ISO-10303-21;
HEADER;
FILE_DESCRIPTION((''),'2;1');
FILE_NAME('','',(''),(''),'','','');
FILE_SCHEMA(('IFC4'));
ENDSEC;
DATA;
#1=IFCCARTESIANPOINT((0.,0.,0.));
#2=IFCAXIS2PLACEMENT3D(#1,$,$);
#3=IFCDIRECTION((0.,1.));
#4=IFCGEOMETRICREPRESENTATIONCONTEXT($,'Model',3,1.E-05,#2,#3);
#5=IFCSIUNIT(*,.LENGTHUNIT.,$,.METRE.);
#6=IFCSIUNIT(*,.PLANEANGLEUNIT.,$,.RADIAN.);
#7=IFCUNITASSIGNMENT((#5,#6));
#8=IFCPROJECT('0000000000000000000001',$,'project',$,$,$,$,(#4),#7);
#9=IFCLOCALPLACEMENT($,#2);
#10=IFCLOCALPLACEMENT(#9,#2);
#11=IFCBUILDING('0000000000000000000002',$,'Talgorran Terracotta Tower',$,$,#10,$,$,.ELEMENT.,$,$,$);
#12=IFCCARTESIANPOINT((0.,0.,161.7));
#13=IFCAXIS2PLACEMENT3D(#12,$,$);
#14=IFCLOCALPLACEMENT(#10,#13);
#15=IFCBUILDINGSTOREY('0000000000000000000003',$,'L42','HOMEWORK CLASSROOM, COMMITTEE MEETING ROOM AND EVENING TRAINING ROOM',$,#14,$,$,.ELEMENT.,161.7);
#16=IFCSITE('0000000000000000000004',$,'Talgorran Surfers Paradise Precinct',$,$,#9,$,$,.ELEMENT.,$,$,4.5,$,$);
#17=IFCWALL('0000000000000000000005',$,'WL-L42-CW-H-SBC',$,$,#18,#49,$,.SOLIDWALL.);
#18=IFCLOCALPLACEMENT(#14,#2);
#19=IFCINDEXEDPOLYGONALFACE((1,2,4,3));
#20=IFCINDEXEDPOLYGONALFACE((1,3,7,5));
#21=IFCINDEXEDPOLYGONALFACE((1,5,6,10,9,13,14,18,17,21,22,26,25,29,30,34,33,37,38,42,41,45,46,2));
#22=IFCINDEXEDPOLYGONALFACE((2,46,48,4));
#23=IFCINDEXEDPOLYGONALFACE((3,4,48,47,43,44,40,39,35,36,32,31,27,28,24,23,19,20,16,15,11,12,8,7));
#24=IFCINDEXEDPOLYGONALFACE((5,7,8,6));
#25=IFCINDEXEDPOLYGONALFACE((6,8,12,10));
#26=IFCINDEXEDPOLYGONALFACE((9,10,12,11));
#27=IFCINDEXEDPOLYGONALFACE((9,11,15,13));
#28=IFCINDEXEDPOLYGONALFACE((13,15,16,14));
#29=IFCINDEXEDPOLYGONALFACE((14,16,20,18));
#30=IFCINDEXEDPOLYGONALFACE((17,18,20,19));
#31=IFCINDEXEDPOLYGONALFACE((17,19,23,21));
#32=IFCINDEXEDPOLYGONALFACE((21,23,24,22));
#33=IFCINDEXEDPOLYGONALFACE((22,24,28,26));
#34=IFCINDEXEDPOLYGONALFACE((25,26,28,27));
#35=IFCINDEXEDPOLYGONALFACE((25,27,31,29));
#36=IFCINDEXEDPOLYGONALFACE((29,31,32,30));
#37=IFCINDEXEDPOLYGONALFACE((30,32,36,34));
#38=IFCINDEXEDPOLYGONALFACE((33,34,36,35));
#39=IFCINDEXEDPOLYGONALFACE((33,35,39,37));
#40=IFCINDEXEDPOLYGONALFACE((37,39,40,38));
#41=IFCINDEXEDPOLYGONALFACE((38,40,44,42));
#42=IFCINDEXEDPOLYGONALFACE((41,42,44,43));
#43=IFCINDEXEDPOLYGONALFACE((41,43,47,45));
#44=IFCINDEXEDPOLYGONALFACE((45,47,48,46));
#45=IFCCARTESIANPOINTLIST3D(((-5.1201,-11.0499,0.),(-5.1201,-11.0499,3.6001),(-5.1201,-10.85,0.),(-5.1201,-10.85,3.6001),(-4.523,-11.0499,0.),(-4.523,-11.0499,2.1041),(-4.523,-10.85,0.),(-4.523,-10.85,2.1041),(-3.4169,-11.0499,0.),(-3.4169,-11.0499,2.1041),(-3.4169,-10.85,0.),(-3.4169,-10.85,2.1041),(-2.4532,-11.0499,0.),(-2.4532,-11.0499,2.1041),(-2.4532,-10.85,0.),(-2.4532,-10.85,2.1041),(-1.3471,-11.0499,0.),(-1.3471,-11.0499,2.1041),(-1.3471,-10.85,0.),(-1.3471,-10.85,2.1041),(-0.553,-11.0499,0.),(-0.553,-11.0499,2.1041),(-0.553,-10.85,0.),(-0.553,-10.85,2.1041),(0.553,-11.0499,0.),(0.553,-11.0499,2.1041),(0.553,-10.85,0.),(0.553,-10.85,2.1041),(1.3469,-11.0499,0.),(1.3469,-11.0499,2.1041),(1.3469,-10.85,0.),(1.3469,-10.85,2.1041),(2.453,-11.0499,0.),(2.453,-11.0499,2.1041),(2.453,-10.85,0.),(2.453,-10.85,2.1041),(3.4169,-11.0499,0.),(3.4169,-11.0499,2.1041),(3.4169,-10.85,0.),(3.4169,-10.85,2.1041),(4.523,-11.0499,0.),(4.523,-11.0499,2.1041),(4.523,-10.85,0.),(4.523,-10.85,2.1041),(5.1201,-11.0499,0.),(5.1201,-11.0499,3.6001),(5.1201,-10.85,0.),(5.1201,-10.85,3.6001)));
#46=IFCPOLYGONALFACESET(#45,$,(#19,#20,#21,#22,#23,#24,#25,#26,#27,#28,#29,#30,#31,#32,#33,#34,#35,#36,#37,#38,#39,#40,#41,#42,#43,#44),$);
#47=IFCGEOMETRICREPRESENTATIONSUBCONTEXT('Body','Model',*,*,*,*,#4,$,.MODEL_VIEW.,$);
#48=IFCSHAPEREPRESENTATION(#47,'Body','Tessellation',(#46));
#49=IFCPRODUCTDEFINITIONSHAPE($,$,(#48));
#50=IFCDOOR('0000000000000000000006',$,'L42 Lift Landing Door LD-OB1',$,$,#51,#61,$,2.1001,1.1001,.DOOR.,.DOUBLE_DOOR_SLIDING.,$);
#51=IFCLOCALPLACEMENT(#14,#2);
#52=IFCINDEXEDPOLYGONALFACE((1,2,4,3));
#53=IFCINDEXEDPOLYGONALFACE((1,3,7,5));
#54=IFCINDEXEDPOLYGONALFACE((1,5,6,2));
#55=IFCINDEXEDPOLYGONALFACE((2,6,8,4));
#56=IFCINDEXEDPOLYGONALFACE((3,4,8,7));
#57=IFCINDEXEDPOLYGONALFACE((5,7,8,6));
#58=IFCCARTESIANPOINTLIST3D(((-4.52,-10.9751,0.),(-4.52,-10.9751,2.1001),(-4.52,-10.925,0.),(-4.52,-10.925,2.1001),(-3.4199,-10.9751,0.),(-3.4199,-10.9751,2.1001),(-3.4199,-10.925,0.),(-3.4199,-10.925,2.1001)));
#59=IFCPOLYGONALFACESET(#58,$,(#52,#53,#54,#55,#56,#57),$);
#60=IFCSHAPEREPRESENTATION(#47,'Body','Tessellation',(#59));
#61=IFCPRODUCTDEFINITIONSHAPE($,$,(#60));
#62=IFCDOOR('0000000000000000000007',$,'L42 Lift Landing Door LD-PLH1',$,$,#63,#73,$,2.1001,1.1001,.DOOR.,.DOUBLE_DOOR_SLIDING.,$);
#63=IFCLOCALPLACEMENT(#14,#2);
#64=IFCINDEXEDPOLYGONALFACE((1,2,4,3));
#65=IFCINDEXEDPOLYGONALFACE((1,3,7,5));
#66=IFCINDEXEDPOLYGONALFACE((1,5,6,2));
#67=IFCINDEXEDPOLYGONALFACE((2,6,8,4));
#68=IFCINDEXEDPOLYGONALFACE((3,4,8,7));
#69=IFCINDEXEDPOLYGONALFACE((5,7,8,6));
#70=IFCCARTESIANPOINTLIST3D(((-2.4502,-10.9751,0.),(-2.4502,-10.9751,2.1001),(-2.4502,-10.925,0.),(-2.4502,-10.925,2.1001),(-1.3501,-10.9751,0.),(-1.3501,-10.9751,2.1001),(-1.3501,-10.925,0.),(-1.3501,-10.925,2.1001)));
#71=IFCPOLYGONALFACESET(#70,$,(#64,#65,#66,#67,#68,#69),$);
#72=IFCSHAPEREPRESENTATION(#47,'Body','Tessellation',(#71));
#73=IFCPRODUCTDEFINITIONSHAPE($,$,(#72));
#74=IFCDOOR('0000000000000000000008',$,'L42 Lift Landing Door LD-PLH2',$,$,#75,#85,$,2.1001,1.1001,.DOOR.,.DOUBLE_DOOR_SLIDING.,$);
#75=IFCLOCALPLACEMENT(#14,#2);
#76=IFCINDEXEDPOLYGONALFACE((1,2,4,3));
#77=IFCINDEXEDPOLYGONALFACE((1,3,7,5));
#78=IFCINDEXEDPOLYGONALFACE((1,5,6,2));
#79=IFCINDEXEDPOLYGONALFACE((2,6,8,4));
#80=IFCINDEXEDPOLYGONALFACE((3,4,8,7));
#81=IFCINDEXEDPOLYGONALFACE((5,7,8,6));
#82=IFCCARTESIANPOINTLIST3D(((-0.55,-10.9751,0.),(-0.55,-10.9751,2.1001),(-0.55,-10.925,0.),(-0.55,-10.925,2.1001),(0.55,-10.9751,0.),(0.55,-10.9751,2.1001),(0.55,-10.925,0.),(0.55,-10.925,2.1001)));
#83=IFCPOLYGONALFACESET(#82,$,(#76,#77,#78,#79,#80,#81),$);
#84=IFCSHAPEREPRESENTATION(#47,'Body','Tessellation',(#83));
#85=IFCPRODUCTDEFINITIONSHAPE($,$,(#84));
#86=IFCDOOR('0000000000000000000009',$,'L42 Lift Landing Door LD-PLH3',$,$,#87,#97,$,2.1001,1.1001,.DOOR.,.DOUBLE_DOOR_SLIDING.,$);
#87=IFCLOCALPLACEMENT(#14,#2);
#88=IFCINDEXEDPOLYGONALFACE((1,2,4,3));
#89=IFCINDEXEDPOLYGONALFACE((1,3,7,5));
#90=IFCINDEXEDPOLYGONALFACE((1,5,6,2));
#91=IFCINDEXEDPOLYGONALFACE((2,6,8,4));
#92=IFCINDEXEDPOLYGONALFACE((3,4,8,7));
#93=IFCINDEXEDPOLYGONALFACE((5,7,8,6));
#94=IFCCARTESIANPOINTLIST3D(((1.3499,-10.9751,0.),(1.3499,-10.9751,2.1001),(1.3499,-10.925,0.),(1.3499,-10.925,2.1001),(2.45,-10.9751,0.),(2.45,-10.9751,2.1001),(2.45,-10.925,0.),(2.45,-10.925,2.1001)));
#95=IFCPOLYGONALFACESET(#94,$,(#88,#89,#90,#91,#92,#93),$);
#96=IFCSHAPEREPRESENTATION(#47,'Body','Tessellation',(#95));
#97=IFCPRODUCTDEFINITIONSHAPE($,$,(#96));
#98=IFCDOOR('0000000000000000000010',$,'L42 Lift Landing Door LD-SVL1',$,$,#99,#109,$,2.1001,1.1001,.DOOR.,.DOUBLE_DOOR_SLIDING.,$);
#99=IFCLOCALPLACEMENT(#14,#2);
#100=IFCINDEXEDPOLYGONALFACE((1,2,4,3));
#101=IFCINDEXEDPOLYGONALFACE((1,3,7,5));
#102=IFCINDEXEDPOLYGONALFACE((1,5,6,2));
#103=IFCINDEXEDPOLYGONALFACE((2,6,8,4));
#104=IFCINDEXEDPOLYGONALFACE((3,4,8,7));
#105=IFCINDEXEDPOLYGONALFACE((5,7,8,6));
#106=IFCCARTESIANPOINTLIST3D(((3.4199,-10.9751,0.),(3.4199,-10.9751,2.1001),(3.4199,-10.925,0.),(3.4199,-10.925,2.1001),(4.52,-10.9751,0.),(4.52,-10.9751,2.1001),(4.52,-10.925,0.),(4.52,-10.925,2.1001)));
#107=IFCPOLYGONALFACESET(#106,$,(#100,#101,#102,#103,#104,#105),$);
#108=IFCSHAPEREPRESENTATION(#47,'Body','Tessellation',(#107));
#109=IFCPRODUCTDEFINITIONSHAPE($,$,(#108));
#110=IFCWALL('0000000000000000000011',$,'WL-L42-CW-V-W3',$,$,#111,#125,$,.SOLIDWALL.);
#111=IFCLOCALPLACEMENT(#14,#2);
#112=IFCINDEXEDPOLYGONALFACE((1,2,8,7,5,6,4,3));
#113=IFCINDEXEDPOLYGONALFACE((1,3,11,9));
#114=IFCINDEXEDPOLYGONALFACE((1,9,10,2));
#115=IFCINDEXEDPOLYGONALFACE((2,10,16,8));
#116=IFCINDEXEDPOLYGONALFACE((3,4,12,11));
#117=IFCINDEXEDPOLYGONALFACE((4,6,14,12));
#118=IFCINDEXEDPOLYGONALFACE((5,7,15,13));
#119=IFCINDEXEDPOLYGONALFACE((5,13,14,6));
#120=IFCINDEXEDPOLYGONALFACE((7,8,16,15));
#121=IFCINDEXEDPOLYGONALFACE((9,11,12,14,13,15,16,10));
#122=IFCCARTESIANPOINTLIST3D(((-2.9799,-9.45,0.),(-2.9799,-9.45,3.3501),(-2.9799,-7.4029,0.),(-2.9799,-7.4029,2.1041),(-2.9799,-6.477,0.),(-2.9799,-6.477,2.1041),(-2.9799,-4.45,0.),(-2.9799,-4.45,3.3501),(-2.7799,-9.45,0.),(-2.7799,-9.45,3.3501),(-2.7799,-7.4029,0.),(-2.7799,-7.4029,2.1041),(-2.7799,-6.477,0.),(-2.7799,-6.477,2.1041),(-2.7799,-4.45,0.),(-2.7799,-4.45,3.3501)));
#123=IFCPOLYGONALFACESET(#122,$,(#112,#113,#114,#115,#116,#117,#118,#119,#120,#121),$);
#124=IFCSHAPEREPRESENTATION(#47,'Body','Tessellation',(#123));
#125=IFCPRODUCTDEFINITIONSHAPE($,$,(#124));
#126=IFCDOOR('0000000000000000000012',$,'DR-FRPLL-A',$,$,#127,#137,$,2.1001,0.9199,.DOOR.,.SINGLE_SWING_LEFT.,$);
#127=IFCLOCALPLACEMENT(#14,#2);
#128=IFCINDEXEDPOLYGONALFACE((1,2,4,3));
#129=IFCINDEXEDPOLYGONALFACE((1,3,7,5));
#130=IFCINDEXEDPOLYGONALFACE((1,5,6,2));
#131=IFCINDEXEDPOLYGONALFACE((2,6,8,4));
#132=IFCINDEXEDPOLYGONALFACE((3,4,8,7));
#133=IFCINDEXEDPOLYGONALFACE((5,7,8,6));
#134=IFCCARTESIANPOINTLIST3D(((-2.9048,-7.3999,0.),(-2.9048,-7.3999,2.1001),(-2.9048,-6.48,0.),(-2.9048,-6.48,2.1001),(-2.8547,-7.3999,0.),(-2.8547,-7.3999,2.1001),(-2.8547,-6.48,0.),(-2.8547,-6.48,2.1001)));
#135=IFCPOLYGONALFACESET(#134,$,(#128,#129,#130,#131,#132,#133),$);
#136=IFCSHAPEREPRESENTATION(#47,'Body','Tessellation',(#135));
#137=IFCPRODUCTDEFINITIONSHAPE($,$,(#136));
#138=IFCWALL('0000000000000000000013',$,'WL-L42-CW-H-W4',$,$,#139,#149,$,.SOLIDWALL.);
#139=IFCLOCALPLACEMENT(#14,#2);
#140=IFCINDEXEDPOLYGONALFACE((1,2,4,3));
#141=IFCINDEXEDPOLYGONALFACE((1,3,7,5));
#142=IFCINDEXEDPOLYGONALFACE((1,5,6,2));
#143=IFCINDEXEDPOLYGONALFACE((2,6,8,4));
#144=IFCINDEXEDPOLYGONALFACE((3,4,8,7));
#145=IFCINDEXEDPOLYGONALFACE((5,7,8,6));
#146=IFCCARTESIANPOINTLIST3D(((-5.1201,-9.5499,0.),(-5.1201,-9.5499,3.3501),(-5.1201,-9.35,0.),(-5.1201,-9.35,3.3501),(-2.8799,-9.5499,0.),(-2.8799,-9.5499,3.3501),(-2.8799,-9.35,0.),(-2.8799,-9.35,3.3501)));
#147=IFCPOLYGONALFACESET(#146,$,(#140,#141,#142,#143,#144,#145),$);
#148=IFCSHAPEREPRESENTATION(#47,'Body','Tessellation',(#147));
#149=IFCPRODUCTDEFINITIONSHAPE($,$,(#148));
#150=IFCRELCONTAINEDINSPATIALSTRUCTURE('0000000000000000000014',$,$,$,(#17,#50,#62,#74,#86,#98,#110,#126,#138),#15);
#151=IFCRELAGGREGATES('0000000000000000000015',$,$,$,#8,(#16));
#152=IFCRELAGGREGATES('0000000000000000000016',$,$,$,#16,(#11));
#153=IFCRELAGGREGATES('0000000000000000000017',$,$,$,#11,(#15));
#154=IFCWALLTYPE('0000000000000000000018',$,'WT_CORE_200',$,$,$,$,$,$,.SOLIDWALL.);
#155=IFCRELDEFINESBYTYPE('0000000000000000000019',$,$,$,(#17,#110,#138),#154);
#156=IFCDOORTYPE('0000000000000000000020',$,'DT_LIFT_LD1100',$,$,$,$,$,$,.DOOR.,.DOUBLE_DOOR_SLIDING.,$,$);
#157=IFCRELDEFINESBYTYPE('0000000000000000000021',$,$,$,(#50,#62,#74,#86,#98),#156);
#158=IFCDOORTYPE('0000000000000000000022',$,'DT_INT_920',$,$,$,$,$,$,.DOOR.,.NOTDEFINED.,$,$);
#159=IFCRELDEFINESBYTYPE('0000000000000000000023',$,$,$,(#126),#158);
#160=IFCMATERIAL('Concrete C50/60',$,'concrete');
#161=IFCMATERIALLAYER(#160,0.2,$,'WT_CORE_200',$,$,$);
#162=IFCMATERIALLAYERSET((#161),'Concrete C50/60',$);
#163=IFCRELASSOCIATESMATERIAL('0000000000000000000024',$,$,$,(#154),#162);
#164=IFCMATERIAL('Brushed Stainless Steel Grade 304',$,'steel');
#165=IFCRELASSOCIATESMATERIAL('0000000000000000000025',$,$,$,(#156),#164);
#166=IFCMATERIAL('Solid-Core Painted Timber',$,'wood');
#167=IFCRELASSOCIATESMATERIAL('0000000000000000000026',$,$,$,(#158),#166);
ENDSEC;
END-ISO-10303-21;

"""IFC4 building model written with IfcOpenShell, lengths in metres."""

from ifc_helpers import new_model, si_unit, direction, frame, frame_2d, origin, place, context, subcontext, project, spatial, rectangle, extrude, material, layer, layer_set, type_object, element, fill, save


model = new_model("IFC4")

# Units and contexts
model_context = context("Model", 3, precision=1e-05, world=origin(), true_north=direction((0.0, 1.0)))
body_context = subcontext(model_context, "Body", "Model", "MODEL_VIEW")
ifc_project = project(units=[si_unit("LENGTHUNIT", "METRE"), si_unit("PLANEANGLEUNIT", "RADIAN")], contexts=[model_context])

# Site, building, storey
site_placement = place(None, origin())
site = spatial("IfcSite", under=ifc_project, at=site_placement, Name="Talgorran Surfers Paradise Precinct", CompositionType="ELEMENT", RefElevation=4.5)
building_placement = place(site_placement, origin())
building = spatial("IfcBuilding", under=site, at=building_placement, Name="Talgorran Terracotta Tower", CompositionType="ELEMENT")
storey_placement = place(building_placement, frame((0.0, 0.0, 161.7)))
storey = spatial("IfcBuildingStorey", under=building, at=storey_placement, Name="L42", Description="HOMEWORK CLASSROOM, COMMITTEE MEETING ROOM AND EVENING TRAINING ROOM", CompositionType="ELEMENT", Elevation=161.7)

# Shared definitions
ifc_material_1 = material(Name="Concrete C50/60", Category="concrete")

# Wall, openings, doors
ifc_layer_1 = layer(ifc_material_1, 0.2, Name="WT_CORE_200")
ifc_layer_set_1 = layer_set([ifc_layer_1], Name="Concrete C50/60")
wall_type_1 = type_object("IfcWallType", Name="WT_CORE_200", PredefinedType="SOLIDWALL", material=ifc_layer_set_1)
ifc_material_2 = material(Name="Brushed Stainless Steel Grade 304", Category="steel")
door_type_1 = type_object("IfcDoorType", Name="DT_LIFT_LD1100", OperationType="DOUBLE_DOOR_SLIDING", PredefinedType="DOOR", material=ifc_material_2)
wall_1_placement = place(storey_placement, frame((-5.1201, -10.95, 0.0), z_axis=(0.0, 0.0, 1.0), x_axis=(1.0, 0.0, 0.0)))
wall_1 = element("IfcWall", 1, at=wall_1_placement, inside=storey, type_object=wall_type_1, Name="WL-L42-CW-H-SBC", PredefinedType="SOLIDWALL", context=body_context, shape_type="SweptSolid", body=[
    extrude(rectangle(XDim=10.2402, YDim=0.2, at=frame_2d((5.1201, 0.0))), origin(), (0.0, 0.0, 1.0), 3.6001),
])
opening_1_placement = place(wall_1_placement, frame((0.6001, 0.0, 0.0)))
opening_1 = element("IfcOpeningElement", 2, at=opening_1_placement, cuts=wall_1, PredefinedType="OPENING", context=body_context, shape_type="SweptSolid", body=[
    extrude(rectangle(XDim=1.1061, YDim=2.1041, at=frame_2d((0.55, 1.052))), frame((0.0, 0.1099, 0.0), z_axis=(0.0, -1.0, 0.0), x_axis=(1.0, 0.0, 0.0)), (0.0, 0.0, 1.0), 0.22),
])
opening_2_placement = place(wall_1_placement, frame((2.6699, 0.0, 0.0)))
opening_2 = element("IfcOpeningElement", 3, at=opening_2_placement, cuts=wall_1, PredefinedType="OPENING", context=body_context, shape_type="SweptSolid", body=[
    extrude(rectangle(XDim=1.1061, YDim=2.1041, at=frame_2d((0.55, 1.052))), frame((0.0, 0.1099, 0.0), z_axis=(0.0, -1.0, 0.0), x_axis=(1.0, 0.0, 0.0)), (0.0, 0.0, 1.0), 0.22),
])
opening_3_placement = place(wall_1_placement, frame((4.5701, 0.0, 0.0)))
opening_3 = element("IfcOpeningElement", 4, at=opening_3_placement, cuts=wall_1, PredefinedType="OPENING", context=body_context, shape_type="SweptSolid", body=[
    extrude(rectangle(XDim=1.1061, YDim=2.1041, at=frame_2d((0.55, 1.052))), frame((0.0, 0.1099, 0.0), z_axis=(0.0, -1.0, 0.0), x_axis=(1.0, 0.0, 0.0)), (0.0, 0.0, 1.0), 0.22),
])
opening_4_placement = place(wall_1_placement, frame((6.47, 0.0, 0.0)))
opening_4 = element("IfcOpeningElement", 5, at=opening_4_placement, cuts=wall_1, PredefinedType="OPENING", context=body_context, shape_type="SweptSolid", body=[
    extrude(rectangle(XDim=1.1061, YDim=2.1041, at=frame_2d((0.55, 1.052))), frame((0.0, 0.1099, 0.0), z_axis=(0.0, -1.0, 0.0), x_axis=(1.0, 0.0, 0.0)), (0.0, 0.0, 1.0), 0.22),
])
opening_5_placement = place(wall_1_placement, frame((8.54, 0.0, 0.0)))
opening_5 = element("IfcOpeningElement", 6, at=opening_5_placement, cuts=wall_1, PredefinedType="OPENING", context=body_context, shape_type="SweptSolid", body=[
    extrude(rectangle(XDim=1.1061, YDim=2.1041, at=frame_2d((0.55, 1.052))), frame((0.0, 0.1099, 0.0), z_axis=(0.0, -1.0, 0.0), x_axis=(1.0, 0.0, 0.0)), (0.0, 0.0, 1.0), 0.22),
])
door_1_placement = place(opening_1_placement, origin())
door_1 = element("IfcDoor", 7, at=door_1_placement, inside=storey, type_object=door_type_1, Name="L42 Lift Landing Door LD-OB1", OperationType="DOUBLE_DOOR_SLIDING", OverallHeight=2.1001, OverallWidth=1.1001, PredefinedType="DOOR", context=body_context, shape_type="SweptSolid", body=[
    extrude(rectangle(XDim=1.1001, YDim=2.1001, at=frame_2d((0.55, 1.05))), frame((0.0, 0.0249, 0.0), z_axis=(0.0, -1.0, 0.0), x_axis=(1.0, 0.0, 0.0)), (0.0, 0.0, 1.0), 0.05),
])
fill(opening_1, door_1)
door_2_placement = place(opening_2_placement, origin())
door_2 = element("IfcDoor", 8, at=door_2_placement, inside=storey, type_object=door_type_1, Name="L42 Lift Landing Door LD-PLH1", OperationType="DOUBLE_DOOR_SLIDING", OverallHeight=2.1001, OverallWidth=1.1001, PredefinedType="DOOR", context=body_context, shape_type="SweptSolid", body=[
    extrude(rectangle(XDim=1.1001, YDim=2.1001, at=frame_2d((0.55, 1.05))), frame((0.0, 0.0249, 0.0), z_axis=(0.0, -1.0, 0.0), x_axis=(1.0, 0.0, 0.0)), (0.0, 0.0, 1.0), 0.05),
])
fill(opening_2, door_2)
door_3_placement = place(opening_3_placement, origin())
door_3 = element("IfcDoor", 9, at=door_3_placement, inside=storey, type_object=door_type_1, Name="L42 Lift Landing Door LD-PLH2", OperationType="DOUBLE_DOOR_SLIDING", OverallHeight=2.1001, OverallWidth=1.1001, PredefinedType="DOOR", context=body_context, shape_type="SweptSolid", body=[
    extrude(rectangle(XDim=1.1001, YDim=2.1001, at=frame_2d((0.55, 1.05))), frame((0.0, 0.0249, 0.0), z_axis=(0.0, -1.0, 0.0), x_axis=(1.0, 0.0, 0.0)), (0.0, 0.0, 1.0), 0.05),
])
fill(opening_3, door_3)
door_4_placement = place(opening_4_placement, origin())
door_4 = element("IfcDoor", 10, at=door_4_placement, inside=storey, type_object=door_type_1, Name="L42 Lift Landing Door LD-PLH3", OperationType="DOUBLE_DOOR_SLIDING", OverallHeight=2.1001, OverallWidth=1.1001, PredefinedType="DOOR", context=body_context, shape_type="SweptSolid", body=[
    extrude(rectangle(XDim=1.1001, YDim=2.1001, at=frame_2d((0.55, 1.05))), frame((0.0, 0.0249, 0.0), z_axis=(0.0, -1.0, 0.0), x_axis=(1.0, 0.0, 0.0)), (0.0, 0.0, 1.0), 0.05),
])
fill(opening_4, door_4)
door_5_placement = place(opening_5_placement, origin())
door_5 = element("IfcDoor", 11, at=door_5_placement, inside=storey, type_object=door_type_1, Name="L42 Lift Landing Door LD-SVL1", OperationType="DOUBLE_DOOR_SLIDING", OverallHeight=2.1001, OverallWidth=1.1001, PredefinedType="DOOR", context=body_context, shape_type="SweptSolid", body=[
    extrude(rectangle(XDim=1.1001, YDim=2.1001, at=frame_2d((0.55, 1.05))), frame((0.0, 0.0249, 0.0), z_axis=(0.0, -1.0, 0.0), x_axis=(1.0, 0.0, 0.0)), (0.0, 0.0, 1.0), 0.05),
])
fill(opening_5, door_5)

# Wall, opening, door
wall_2_placement = place(storey_placement, frame((-2.8799, -9.45, 0.0), z_axis=(0.0, 0.0, 1.0), x_axis=(0.0, 1.0, 0.0)))
wall_2 = element("IfcWall", 12, at=wall_2_placement, inside=storey, type_object=wall_type_1, Name="WL-L42-CW-V-W3", PredefinedType="SOLIDWALL", context=body_context, shape_type="SweptSolid", body=[
    extrude(rectangle(XDim=5.0, YDim=0.2, at=frame_2d((2.5, 0.0))), origin(), (0.0, 0.0, 1.0), 3.3501),
])
opening_6_placement = place(wall_2_placement, frame((2.05, 0.0, 0.0)))
opening_6 = element("IfcOpeningElement", 13, at=opening_6_placement, cuts=wall_2, PredefinedType="OPENING", context=body_context, shape_type="SweptSolid", body=[
    extrude(rectangle(XDim=0.9259, YDim=2.1041, at=frame_2d((0.46, 1.052))), frame((0.0, 0.1099, 0.0), z_axis=(0.0, -1.0, 0.0), x_axis=(1.0, 0.0, 0.0)), (0.0, 0.0, 1.0), 0.22),
])
ifc_material_3 = material(Name="Solid-Core Painted Timber", Category="wood")
door_type_2 = type_object("IfcDoorType", Name="DT_INT_920", OperationType="NOTDEFINED", PredefinedType="DOOR", material=ifc_material_3)
door_6_placement = place(opening_6_placement, origin())
door_6 = element("IfcDoor", 14, at=door_6_placement, inside=storey, type_object=door_type_2, Name="DR-FRPLL-A", OperationType="SINGLE_SWING_LEFT", OverallHeight=2.1001, OverallWidth=0.9199, PredefinedType="DOOR", context=body_context, shape_type="SweptSolid", body=[
    extrude(rectangle(XDim=0.9199, YDim=2.1001, at=frame_2d((0.46, 1.05))), frame((0.0, 0.0249, 0.0), z_axis=(0.0, -1.0, 0.0), x_axis=(1.0, 0.0, 0.0)), (0.0, 0.0, 1.0), 0.05),
])
fill(opening_6, door_6)

# Wall
wall_3_placement = place(storey_placement, frame((-5.1201, -9.45, 0.0), z_axis=(0.0, 0.0, 1.0), x_axis=(1.0, 0.0, 0.0)))
element("IfcWall", 15, at=wall_3_placement, inside=storey, type_object=wall_type_1, Name="WL-L42-CW-H-W4", PredefinedType="SOLIDWALL", context=body_context, shape_type="SweptSolid", body=[
    extrude(rectangle(XDim=2.2402, YDim=0.2, at=frame_2d((1.1201, 0.0))), origin(), (0.0, 0.0, 1.0), 3.3501),
])

save(model, "model.ifc")
